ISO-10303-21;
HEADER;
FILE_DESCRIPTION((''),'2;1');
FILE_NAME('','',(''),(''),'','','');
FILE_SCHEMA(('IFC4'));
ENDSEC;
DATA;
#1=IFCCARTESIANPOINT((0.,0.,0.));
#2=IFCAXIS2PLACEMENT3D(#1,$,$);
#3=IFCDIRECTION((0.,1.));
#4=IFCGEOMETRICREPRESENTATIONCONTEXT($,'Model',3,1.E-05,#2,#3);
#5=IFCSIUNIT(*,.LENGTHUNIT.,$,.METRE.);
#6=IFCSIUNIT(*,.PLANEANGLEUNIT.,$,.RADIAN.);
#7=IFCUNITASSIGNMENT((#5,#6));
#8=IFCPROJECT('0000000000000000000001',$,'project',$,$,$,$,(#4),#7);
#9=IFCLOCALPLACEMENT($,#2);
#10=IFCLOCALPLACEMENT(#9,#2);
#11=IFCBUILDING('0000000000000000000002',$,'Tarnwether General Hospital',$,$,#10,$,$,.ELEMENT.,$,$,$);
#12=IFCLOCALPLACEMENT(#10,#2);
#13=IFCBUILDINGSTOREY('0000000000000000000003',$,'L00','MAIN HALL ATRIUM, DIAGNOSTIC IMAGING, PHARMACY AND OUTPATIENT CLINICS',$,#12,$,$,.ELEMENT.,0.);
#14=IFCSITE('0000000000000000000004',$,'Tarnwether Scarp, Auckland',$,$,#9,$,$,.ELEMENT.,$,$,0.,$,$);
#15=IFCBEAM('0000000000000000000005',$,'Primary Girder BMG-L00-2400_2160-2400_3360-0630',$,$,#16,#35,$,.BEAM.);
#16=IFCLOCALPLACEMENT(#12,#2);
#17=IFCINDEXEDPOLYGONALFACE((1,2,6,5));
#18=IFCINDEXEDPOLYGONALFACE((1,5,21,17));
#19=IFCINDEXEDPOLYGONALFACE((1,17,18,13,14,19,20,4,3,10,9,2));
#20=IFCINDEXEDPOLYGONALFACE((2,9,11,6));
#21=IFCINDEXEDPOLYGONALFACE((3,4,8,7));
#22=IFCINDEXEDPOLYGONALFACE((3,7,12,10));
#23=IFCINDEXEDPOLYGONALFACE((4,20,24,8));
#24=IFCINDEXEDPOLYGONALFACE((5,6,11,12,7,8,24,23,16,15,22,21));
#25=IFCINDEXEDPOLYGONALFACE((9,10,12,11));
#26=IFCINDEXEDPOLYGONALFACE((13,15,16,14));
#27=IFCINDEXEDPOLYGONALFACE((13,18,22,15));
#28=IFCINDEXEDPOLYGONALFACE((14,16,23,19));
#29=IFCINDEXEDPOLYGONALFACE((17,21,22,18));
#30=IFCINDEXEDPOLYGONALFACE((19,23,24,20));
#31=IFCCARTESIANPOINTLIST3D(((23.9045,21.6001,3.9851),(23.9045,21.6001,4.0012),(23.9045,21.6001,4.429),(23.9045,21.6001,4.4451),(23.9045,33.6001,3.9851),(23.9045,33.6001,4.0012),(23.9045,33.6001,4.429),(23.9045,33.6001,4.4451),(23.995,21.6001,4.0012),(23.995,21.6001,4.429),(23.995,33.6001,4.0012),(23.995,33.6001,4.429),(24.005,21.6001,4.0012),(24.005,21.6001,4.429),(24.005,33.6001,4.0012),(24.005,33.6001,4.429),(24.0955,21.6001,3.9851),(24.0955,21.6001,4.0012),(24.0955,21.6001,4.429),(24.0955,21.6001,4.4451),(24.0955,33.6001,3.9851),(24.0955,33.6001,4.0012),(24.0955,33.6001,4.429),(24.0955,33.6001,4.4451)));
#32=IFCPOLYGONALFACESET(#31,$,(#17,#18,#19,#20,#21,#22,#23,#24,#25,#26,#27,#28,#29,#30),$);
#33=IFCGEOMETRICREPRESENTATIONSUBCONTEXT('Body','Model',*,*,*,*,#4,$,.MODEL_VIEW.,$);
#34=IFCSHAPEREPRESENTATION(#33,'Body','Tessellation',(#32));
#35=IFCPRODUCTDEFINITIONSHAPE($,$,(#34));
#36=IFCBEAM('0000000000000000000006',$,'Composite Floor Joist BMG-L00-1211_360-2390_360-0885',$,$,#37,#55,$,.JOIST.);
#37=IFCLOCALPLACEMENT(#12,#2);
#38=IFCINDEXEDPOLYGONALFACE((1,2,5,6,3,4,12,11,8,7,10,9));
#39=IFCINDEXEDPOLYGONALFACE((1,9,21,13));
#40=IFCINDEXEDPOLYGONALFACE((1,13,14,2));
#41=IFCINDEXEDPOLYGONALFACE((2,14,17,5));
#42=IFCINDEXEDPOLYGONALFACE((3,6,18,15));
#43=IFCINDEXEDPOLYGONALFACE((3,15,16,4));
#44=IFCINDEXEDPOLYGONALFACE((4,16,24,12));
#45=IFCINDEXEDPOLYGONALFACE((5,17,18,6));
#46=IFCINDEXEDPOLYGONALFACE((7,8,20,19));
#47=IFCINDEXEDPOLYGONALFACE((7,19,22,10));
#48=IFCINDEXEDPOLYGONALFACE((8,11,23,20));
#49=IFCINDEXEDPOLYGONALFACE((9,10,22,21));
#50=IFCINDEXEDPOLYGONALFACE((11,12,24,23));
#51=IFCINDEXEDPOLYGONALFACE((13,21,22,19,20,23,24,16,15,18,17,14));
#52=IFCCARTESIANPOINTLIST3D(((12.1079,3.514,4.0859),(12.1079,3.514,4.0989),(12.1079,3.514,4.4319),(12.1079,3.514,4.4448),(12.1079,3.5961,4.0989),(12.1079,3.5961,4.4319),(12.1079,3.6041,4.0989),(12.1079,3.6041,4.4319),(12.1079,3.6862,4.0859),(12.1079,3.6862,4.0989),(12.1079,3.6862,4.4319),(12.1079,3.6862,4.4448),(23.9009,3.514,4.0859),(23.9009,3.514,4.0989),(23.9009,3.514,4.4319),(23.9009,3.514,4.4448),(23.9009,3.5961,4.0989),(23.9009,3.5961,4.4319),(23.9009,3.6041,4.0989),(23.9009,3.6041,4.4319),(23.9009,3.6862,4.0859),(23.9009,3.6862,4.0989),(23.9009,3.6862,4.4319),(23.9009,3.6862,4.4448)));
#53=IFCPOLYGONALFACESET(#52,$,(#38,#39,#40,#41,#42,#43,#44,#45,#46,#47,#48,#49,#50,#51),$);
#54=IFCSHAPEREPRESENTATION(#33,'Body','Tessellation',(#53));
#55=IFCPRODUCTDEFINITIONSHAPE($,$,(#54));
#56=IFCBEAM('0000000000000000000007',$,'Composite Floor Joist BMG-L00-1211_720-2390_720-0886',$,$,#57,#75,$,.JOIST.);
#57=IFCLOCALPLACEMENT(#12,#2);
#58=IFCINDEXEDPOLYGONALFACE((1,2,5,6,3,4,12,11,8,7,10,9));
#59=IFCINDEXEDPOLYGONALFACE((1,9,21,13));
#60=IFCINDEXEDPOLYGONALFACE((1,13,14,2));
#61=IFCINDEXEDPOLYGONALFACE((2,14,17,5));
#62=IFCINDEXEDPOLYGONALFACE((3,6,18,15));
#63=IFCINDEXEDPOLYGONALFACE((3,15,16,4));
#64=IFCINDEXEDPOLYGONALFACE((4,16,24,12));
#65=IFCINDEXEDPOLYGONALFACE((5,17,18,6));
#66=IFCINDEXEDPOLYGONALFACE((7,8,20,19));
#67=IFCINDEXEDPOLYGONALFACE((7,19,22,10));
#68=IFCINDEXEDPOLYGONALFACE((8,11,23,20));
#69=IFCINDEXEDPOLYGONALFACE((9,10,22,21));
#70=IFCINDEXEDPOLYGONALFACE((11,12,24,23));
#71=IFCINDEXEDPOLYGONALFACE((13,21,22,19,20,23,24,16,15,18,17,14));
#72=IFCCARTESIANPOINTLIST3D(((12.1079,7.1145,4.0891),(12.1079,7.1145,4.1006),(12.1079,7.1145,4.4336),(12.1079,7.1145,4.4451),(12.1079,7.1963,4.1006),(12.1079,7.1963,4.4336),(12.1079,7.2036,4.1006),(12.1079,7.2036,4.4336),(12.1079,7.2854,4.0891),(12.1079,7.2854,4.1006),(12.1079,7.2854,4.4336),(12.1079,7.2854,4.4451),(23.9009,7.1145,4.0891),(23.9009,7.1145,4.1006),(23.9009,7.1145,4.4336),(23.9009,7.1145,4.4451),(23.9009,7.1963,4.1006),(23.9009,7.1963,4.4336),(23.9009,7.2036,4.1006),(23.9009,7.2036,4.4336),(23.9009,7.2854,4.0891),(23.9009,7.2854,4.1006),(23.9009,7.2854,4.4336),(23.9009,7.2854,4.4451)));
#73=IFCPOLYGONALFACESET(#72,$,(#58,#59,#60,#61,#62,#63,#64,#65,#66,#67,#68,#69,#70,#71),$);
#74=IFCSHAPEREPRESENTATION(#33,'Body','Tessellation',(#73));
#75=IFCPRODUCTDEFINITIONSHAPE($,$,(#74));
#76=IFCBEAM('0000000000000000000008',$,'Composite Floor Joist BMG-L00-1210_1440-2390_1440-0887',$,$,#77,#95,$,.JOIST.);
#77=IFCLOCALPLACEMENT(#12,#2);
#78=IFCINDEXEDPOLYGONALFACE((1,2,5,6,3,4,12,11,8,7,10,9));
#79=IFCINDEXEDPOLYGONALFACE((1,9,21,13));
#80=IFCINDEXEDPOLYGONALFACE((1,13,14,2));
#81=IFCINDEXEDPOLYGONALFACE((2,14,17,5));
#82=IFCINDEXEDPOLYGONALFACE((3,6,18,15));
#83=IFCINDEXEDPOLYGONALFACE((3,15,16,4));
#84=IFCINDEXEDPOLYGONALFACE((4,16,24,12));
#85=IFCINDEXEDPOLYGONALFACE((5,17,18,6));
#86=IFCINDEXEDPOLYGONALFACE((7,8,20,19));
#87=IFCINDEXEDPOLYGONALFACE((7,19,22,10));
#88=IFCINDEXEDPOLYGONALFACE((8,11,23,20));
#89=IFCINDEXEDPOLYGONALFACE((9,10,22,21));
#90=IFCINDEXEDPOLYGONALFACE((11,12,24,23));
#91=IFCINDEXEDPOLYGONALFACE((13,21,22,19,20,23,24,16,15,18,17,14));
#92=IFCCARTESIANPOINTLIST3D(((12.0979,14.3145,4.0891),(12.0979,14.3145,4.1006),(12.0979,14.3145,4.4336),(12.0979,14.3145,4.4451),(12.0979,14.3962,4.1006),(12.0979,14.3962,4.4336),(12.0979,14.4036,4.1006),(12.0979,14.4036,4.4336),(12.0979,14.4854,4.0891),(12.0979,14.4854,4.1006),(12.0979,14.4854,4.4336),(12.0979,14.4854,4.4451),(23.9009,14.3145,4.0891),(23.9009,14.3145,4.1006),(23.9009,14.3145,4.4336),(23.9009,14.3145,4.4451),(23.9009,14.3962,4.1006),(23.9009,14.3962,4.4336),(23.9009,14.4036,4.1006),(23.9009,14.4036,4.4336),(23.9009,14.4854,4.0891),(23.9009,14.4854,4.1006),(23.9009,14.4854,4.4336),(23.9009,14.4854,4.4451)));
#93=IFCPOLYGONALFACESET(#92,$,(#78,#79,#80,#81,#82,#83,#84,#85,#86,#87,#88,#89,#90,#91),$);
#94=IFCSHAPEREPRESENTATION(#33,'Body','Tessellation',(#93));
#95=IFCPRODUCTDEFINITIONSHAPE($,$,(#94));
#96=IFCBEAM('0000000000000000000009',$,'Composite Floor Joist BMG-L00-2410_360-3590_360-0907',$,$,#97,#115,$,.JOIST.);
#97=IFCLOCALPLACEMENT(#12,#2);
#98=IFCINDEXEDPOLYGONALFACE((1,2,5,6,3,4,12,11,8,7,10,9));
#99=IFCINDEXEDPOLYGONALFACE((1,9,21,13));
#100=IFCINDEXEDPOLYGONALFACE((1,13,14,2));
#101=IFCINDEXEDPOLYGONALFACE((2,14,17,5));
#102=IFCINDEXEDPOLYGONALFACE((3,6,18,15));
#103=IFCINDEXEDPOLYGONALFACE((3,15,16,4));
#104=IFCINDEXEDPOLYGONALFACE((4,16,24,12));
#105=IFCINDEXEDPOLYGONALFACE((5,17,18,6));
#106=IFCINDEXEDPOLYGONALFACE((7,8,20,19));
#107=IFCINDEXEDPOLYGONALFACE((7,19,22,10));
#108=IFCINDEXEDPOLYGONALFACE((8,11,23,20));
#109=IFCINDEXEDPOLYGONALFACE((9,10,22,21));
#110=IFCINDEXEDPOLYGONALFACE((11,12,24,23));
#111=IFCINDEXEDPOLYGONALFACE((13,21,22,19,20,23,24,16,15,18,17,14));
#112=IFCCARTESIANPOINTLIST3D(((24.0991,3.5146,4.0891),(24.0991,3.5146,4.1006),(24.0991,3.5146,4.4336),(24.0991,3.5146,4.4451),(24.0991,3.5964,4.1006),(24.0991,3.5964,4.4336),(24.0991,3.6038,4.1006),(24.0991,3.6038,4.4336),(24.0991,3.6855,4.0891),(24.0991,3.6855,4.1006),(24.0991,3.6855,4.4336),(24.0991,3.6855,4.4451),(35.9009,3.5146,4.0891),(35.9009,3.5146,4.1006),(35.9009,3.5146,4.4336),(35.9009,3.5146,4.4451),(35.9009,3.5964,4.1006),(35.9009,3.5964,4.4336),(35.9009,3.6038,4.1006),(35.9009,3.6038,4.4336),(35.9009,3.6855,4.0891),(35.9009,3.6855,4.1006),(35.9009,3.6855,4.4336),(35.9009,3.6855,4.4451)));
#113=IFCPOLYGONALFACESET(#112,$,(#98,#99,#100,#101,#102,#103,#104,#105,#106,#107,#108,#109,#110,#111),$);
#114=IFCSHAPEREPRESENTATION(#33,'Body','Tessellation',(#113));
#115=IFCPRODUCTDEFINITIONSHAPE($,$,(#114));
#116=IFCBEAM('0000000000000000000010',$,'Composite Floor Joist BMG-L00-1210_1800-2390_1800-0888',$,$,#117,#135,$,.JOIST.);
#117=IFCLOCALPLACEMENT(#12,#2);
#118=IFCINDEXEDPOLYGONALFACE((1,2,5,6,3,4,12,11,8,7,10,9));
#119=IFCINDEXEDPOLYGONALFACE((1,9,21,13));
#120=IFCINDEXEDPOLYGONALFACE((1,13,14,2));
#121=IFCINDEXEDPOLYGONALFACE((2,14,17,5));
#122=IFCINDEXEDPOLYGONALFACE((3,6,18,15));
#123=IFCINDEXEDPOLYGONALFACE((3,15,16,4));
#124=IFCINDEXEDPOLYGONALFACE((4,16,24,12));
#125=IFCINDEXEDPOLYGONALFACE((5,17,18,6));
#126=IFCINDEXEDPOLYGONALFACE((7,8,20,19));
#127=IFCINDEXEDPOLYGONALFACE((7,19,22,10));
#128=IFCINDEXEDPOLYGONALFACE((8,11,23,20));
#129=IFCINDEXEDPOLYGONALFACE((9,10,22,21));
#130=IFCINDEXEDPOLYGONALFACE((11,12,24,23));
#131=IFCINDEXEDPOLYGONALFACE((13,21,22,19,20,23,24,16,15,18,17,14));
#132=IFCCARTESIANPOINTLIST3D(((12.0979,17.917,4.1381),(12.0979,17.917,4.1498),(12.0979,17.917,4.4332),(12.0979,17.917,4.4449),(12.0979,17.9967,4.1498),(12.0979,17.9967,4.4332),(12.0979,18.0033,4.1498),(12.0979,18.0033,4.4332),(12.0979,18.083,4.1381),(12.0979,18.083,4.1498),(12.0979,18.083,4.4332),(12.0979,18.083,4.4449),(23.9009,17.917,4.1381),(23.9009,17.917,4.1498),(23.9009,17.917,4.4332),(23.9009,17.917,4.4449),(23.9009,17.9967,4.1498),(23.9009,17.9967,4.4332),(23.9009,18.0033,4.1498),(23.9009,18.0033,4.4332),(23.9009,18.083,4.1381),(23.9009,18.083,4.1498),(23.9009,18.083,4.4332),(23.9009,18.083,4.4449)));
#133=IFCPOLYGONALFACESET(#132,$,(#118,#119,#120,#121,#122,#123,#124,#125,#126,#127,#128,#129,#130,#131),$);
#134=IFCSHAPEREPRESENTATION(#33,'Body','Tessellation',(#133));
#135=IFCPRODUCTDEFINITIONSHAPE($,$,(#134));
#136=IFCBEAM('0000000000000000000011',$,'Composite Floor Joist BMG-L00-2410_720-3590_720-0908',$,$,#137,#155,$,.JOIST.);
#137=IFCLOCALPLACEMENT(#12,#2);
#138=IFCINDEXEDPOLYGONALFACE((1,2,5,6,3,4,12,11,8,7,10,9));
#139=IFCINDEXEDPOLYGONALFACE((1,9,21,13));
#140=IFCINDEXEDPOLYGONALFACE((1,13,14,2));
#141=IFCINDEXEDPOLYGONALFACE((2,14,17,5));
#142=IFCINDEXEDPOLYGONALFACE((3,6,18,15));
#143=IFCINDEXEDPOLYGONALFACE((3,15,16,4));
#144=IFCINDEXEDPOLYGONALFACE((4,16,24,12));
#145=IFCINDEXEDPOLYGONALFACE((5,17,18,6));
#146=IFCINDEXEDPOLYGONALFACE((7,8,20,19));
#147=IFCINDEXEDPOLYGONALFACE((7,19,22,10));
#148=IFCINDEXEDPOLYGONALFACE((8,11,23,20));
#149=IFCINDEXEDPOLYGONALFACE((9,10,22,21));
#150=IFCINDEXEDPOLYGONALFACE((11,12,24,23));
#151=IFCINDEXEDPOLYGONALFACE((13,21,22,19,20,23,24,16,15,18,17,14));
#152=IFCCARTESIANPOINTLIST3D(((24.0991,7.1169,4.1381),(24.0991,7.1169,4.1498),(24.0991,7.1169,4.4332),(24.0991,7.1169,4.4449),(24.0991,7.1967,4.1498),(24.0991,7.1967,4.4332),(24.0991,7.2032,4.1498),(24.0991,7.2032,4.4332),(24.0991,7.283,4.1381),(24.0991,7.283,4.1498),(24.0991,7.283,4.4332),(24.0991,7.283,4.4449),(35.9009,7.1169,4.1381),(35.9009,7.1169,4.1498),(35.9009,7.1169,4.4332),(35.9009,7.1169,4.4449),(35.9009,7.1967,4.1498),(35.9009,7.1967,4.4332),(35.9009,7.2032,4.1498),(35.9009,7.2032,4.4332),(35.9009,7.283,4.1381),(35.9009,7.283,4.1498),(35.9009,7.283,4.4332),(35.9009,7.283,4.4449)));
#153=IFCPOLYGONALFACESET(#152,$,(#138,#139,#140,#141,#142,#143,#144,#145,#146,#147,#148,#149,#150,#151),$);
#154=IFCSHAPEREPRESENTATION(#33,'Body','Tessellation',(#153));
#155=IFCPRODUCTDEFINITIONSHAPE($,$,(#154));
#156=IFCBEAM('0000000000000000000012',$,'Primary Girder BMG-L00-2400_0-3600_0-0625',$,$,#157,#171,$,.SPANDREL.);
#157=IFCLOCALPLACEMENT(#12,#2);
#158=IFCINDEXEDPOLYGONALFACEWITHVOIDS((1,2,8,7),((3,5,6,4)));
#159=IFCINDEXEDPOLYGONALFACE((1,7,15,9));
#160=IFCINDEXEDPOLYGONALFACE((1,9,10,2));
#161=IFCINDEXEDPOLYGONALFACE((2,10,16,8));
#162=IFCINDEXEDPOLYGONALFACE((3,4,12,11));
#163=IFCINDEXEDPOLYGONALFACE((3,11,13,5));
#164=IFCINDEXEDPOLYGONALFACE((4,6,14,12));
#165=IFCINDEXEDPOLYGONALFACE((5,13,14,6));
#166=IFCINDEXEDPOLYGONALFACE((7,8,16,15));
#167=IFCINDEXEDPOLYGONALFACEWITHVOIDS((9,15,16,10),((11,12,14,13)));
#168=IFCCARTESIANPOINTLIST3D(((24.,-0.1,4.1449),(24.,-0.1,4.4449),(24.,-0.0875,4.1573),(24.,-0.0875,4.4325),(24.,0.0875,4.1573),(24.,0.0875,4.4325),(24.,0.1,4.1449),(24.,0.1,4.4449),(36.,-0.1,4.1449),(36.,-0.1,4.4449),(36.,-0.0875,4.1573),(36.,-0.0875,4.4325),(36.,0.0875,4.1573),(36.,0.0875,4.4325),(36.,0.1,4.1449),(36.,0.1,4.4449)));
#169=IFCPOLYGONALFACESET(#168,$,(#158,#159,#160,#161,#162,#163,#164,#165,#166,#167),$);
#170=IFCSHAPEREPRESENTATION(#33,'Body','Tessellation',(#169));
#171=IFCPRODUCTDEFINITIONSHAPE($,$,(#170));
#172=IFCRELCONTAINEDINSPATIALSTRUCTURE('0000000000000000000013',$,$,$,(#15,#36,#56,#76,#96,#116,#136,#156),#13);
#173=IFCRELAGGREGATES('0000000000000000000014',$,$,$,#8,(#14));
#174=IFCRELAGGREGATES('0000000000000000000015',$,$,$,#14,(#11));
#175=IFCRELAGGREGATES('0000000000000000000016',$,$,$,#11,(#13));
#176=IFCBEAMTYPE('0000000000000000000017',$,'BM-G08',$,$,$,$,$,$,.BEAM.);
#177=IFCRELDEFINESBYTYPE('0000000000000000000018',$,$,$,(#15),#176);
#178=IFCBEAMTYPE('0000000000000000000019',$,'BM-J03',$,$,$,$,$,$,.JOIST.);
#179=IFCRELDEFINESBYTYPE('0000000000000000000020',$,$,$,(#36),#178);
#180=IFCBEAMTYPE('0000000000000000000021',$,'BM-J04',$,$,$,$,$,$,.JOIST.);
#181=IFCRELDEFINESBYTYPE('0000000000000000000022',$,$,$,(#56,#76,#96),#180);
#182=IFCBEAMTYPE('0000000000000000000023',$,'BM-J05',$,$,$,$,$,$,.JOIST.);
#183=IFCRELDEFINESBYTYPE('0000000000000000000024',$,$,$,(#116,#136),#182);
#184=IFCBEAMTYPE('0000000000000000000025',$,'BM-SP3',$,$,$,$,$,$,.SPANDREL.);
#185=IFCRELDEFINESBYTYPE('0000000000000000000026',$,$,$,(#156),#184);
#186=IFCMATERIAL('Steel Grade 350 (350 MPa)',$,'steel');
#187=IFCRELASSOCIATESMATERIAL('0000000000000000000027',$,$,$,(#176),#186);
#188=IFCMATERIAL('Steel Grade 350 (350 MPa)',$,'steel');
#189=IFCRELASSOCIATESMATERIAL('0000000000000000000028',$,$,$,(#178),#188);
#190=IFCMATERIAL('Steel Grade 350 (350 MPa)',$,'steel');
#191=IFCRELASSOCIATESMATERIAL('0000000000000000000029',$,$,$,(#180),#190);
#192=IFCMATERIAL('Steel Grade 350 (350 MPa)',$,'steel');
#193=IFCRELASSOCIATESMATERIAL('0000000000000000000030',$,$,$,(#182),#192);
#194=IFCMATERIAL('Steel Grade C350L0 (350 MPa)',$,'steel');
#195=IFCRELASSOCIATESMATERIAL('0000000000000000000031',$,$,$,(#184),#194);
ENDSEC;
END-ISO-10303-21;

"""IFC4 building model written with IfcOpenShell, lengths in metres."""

from ifc_helpers import new_model, si_unit, direction, frame, origin, origin_2d, place, context, subcontext, project, spatial, hollow_rectangle, i_section, extrude, material, material_profile, profile_set, type_object, element, save


model = new_model("IFC4")

# Units and contexts
model_context = context("Model", 3, precision=1e-05, world=origin(), true_north=direction((0.0, 1.0)))
body_context = subcontext(model_context, "Body", "Model", "MODEL_VIEW")
ifc_project = project(units=[si_unit("LENGTHUNIT", "METRE"), si_unit("PLANEANGLEUNIT", "RADIAN")], contexts=[model_context])

# Site, building, storey
site_placement = place(None, origin())
site = spatial("IfcSite", under=ifc_project, at=site_placement, Name="Tarnwether Scarp, Auckland", CompositionType="ELEMENT", RefElevation=0.0)
building_placement = place(site_placement, origin())
building = spatial("IfcBuilding", under=site, at=building_placement, Name="Tarnwether General Hospital", CompositionType="ELEMENT")
storey_placement = place(building_placement, origin())
storey = spatial("IfcBuildingStorey", under=building, at=storey_placement, Name="L00", Description="MAIN HALL ATRIUM, DIAGNOSTIC IMAGING, PHARMACY AND OUTPATIENT CLINICS", CompositionType="ELEMENT", Elevation=0.0)

# Beams
ifc_material_1 = material(Name="Steel Grade 350 (350 MPa)", Category="steel")
ifc_material_profile_1 = material_profile(ifc_material_1, i_section(OverallWidth=0.1909, OverallDepth=0.46, WebThickness=0.01, FlangeThickness=0.0161, at=origin_2d()), Name="460UB82.1")
ifc_profile_set_1 = profile_set([ifc_material_profile_1], Name="Steel Grade 350 (350 MPa)")
beam_type_1 = type_object("IfcBeamType", Name="BM-G08", PredefinedType="BEAM", material=ifc_profile_set_1)
beam_1_placement = place(storey_placement, frame((24.0, 21.6001, 4.2151), z_axis=(0.0, 1.0, 0.0), x_axis=(-1.0, 0.0, 0.0)))
element("IfcBeam", 1, at=beam_1_placement, inside=storey, type_object=beam_type_1, Name="Primary Girder BMG-L00-2400_2160-2400_3360-0630", PredefinedType="BEAM", context=body_context, shape_type="SweptSolid", body=[
    extrude(i_section(OverallWidth=0.1909, OverallDepth=0.46, WebThickness=0.01, FlangeThickness=0.0161, at=origin_2d()), origin(), (0.0, 0.0, 1.0), 12.0),
])
ifc_material_2 = material(Name="Steel Grade 350 (350 MPa)", Category="steel")
ifc_material_profile_2 = material_profile(ifc_material_2, i_section(OverallWidth=0.1721, OverallDepth=0.3589, WebThickness=0.0081, FlangeThickness=0.0129, at=origin_2d()), Name="360UB56.7")
ifc_profile_set_2 = profile_set([ifc_material_profile_2], Name="Steel Grade 350 (350 MPa)")
beam_type_2 = type_object("IfcBeamType", Name="BM-J03", PredefinedType="JOIST", material=ifc_profile_set_2)
beam_2_placement = place(storey_placement, frame((12.1079, 3.6001, 4.2654), z_axis=(1.0, 0.0, 0.0), x_axis=(0.0, 1.0, 0.0)))
element("IfcBeam", 2, at=beam_2_placement, inside=storey, type_object=beam_type_2, Name="Composite Floor Joist BMG-L00-1211_360-2390_360-0885", PredefinedType="JOIST", context=body_context, shape_type="SweptSolid", body=[
    extrude(i_section(OverallWidth=0.1721, OverallDepth=0.3589, WebThickness=0.0081, FlangeThickness=0.0129, at=origin_2d()), origin(), (0.0, 0.0, 1.0), 11.793),
])
ifc_material_3 = material(Name="Steel Grade 350 (350 MPa)", Category="steel")
ifc_material_profile_3 = material_profile(ifc_material_3, i_section(OverallWidth=0.1709, OverallDepth=0.356, WebThickness=0.0073, FlangeThickness=0.0115, at=origin_2d()), Name="360UB50.7")
ifc_profile_set_3 = profile_set([ifc_material_profile_3], Name="Steel Grade 350 (350 MPa)")
beam_type_3 = type_object("IfcBeamType", Name="BM-J04", PredefinedType="JOIST", material=ifc_profile_set_3)
beam_3_placement = place(storey_placement, frame((12.1079, 7.2, 4.2671), z_axis=(1.0, 0.0, 0.0), x_axis=(0.0, 1.0, 0.0)))
element("IfcBeam", 3, at=beam_3_placement, inside=storey, type_object=beam_type_3, Name="Composite Floor Joist BMG-L00-1211_720-2390_720-0886", PredefinedType="JOIST", context=body_context, shape_type="SweptSolid", body=[
    extrude(i_section(OverallWidth=0.1709, OverallDepth=0.356, WebThickness=0.0073, FlangeThickness=0.0115, at=origin_2d()), origin(), (0.0, 0.0, 1.0), 11.793),
])
beam_4_placement = place(storey_placement, frame((12.0979, 14.3999, 4.2671), z_axis=(1.0, 0.0, 0.0), x_axis=(0.0, 1.0, 0.0)))
element("IfcBeam", 4, at=beam_4_placement, inside=storey, type_object=beam_type_3, Name="Composite Floor Joist BMG-L00-1210_1440-2390_1440-0887", PredefinedType="JOIST", context=body_context, shape_type="SweptSolid", body=[
    extrude(i_section(OverallWidth=0.1709, OverallDepth=0.356, WebThickness=0.0073, FlangeThickness=0.0115, at=origin_2d()), origin(), (0.0, 0.0, 1.0), 11.803),
])
beam_5_placement = place(storey_placement, frame((24.0991, 3.6001, 4.2671), z_axis=(1.0, 0.0, 0.0), x_axis=(0.0, 1.0, 0.0)))
element("IfcBeam", 5, at=beam_5_placement, inside=storey, type_object=beam_type_3, Name="Composite Floor Joist BMG-L00-2410_360-3590_360-0907", PredefinedType="JOIST", context=body_context, shape_type="SweptSolid", body=[
    extrude(i_section(OverallWidth=0.1709, OverallDepth=0.356, WebThickness=0.0073, FlangeThickness=0.0115, at=origin_2d()), origin(), (0.0, 0.0, 1.0), 11.8018),
])
ifc_material_4 = material(Name="Steel Grade 350 (350 MPa)", Category="steel")
ifc_material_profile_4 = material_profile(ifc_material_4, i_section(OverallWidth=0.166, OverallDepth=0.3069, WebThickness=0.0066, FlangeThickness=0.0117, at=origin_2d()), Name="310UB46.2")
ifc_profile_set_4 = profile_set([ifc_material_profile_4], Name="Steel Grade 350 (350 MPa)")
beam_type_4 = type_object("IfcBeamType", Name="BM-J05", PredefinedType="JOIST", material=ifc_profile_set_4)
beam_6_placement = place(storey_placement, frame((12.0979, 18.0, 4.2915), z_axis=(1.0, 0.0, 0.0), x_axis=(0.0, 1.0, 0.0)))
element("IfcBeam", 6, at=beam_6_placement, inside=storey, type_object=beam_type_4, Name="Composite Floor Joist BMG-L00-1210_1800-2390_1800-0888", PredefinedType="JOIST", context=body_context, shape_type="SweptSolid", body=[
    extrude(i_section(OverallWidth=0.166, OverallDepth=0.3069, WebThickness=0.0066, FlangeThickness=0.0117, at=origin_2d()), origin(), (0.0, 0.0, 1.0), 11.803),
])
beam_7_placement = place(storey_placement, frame((24.0991, 7.2, 4.2915), z_axis=(1.0, 0.0, 0.0), x_axis=(0.0, 1.0, 0.0)))
element("IfcBeam", 7, at=beam_7_placement, inside=storey, type_object=beam_type_4, Name="Composite Floor Joist BMG-L00-2410_720-3590_720-0908", PredefinedType="JOIST", context=body_context, shape_type="SweptSolid", body=[
    extrude(i_section(OverallWidth=0.166, OverallDepth=0.3069, WebThickness=0.0066, FlangeThickness=0.0117, at=origin_2d()), origin(), (0.0, 0.0, 1.0), 11.8018),
])
ifc_material_5 = material(Name="Steel Grade C350L0 (350 MPa)", Category="steel")
ifc_material_profile_5 = material_profile(ifc_material_5, hollow_rectangle(XDim=0.2, YDim=0.3, WallThickness=0.0125, at=origin_2d()), Name="RHS300x200x12.5")
ifc_profile_set_5 = profile_set([ifc_material_profile_5], Name="Steel Grade C350L0 (350 MPa)")
beam_type_5 = type_object("IfcBeamType", Name="BM-SP3", PredefinedType="SPANDREL", material=ifc_profile_set_5)
beam_8_placement = place(storey_placement, frame((24.0, 0.0, 4.2949), z_axis=(1.0, 0.0, 0.0), x_axis=(0.0, 1.0, 0.0)))
element("IfcBeam", 8, at=beam_8_placement, inside=storey, type_object=beam_type_5, Name="Primary Girder BMG-L00-2400_0-3600_0-0625", PredefinedType="SPANDREL", context=body_context, shape_type="SweptSolid", body=[
    extrude(hollow_rectangle(XDim=0.2, YDim=0.3, WallThickness=0.0125, at=origin_2d()), origin(), (0.0, 0.0, 1.0), 12.0),
])

save(model, "model.ifc")
